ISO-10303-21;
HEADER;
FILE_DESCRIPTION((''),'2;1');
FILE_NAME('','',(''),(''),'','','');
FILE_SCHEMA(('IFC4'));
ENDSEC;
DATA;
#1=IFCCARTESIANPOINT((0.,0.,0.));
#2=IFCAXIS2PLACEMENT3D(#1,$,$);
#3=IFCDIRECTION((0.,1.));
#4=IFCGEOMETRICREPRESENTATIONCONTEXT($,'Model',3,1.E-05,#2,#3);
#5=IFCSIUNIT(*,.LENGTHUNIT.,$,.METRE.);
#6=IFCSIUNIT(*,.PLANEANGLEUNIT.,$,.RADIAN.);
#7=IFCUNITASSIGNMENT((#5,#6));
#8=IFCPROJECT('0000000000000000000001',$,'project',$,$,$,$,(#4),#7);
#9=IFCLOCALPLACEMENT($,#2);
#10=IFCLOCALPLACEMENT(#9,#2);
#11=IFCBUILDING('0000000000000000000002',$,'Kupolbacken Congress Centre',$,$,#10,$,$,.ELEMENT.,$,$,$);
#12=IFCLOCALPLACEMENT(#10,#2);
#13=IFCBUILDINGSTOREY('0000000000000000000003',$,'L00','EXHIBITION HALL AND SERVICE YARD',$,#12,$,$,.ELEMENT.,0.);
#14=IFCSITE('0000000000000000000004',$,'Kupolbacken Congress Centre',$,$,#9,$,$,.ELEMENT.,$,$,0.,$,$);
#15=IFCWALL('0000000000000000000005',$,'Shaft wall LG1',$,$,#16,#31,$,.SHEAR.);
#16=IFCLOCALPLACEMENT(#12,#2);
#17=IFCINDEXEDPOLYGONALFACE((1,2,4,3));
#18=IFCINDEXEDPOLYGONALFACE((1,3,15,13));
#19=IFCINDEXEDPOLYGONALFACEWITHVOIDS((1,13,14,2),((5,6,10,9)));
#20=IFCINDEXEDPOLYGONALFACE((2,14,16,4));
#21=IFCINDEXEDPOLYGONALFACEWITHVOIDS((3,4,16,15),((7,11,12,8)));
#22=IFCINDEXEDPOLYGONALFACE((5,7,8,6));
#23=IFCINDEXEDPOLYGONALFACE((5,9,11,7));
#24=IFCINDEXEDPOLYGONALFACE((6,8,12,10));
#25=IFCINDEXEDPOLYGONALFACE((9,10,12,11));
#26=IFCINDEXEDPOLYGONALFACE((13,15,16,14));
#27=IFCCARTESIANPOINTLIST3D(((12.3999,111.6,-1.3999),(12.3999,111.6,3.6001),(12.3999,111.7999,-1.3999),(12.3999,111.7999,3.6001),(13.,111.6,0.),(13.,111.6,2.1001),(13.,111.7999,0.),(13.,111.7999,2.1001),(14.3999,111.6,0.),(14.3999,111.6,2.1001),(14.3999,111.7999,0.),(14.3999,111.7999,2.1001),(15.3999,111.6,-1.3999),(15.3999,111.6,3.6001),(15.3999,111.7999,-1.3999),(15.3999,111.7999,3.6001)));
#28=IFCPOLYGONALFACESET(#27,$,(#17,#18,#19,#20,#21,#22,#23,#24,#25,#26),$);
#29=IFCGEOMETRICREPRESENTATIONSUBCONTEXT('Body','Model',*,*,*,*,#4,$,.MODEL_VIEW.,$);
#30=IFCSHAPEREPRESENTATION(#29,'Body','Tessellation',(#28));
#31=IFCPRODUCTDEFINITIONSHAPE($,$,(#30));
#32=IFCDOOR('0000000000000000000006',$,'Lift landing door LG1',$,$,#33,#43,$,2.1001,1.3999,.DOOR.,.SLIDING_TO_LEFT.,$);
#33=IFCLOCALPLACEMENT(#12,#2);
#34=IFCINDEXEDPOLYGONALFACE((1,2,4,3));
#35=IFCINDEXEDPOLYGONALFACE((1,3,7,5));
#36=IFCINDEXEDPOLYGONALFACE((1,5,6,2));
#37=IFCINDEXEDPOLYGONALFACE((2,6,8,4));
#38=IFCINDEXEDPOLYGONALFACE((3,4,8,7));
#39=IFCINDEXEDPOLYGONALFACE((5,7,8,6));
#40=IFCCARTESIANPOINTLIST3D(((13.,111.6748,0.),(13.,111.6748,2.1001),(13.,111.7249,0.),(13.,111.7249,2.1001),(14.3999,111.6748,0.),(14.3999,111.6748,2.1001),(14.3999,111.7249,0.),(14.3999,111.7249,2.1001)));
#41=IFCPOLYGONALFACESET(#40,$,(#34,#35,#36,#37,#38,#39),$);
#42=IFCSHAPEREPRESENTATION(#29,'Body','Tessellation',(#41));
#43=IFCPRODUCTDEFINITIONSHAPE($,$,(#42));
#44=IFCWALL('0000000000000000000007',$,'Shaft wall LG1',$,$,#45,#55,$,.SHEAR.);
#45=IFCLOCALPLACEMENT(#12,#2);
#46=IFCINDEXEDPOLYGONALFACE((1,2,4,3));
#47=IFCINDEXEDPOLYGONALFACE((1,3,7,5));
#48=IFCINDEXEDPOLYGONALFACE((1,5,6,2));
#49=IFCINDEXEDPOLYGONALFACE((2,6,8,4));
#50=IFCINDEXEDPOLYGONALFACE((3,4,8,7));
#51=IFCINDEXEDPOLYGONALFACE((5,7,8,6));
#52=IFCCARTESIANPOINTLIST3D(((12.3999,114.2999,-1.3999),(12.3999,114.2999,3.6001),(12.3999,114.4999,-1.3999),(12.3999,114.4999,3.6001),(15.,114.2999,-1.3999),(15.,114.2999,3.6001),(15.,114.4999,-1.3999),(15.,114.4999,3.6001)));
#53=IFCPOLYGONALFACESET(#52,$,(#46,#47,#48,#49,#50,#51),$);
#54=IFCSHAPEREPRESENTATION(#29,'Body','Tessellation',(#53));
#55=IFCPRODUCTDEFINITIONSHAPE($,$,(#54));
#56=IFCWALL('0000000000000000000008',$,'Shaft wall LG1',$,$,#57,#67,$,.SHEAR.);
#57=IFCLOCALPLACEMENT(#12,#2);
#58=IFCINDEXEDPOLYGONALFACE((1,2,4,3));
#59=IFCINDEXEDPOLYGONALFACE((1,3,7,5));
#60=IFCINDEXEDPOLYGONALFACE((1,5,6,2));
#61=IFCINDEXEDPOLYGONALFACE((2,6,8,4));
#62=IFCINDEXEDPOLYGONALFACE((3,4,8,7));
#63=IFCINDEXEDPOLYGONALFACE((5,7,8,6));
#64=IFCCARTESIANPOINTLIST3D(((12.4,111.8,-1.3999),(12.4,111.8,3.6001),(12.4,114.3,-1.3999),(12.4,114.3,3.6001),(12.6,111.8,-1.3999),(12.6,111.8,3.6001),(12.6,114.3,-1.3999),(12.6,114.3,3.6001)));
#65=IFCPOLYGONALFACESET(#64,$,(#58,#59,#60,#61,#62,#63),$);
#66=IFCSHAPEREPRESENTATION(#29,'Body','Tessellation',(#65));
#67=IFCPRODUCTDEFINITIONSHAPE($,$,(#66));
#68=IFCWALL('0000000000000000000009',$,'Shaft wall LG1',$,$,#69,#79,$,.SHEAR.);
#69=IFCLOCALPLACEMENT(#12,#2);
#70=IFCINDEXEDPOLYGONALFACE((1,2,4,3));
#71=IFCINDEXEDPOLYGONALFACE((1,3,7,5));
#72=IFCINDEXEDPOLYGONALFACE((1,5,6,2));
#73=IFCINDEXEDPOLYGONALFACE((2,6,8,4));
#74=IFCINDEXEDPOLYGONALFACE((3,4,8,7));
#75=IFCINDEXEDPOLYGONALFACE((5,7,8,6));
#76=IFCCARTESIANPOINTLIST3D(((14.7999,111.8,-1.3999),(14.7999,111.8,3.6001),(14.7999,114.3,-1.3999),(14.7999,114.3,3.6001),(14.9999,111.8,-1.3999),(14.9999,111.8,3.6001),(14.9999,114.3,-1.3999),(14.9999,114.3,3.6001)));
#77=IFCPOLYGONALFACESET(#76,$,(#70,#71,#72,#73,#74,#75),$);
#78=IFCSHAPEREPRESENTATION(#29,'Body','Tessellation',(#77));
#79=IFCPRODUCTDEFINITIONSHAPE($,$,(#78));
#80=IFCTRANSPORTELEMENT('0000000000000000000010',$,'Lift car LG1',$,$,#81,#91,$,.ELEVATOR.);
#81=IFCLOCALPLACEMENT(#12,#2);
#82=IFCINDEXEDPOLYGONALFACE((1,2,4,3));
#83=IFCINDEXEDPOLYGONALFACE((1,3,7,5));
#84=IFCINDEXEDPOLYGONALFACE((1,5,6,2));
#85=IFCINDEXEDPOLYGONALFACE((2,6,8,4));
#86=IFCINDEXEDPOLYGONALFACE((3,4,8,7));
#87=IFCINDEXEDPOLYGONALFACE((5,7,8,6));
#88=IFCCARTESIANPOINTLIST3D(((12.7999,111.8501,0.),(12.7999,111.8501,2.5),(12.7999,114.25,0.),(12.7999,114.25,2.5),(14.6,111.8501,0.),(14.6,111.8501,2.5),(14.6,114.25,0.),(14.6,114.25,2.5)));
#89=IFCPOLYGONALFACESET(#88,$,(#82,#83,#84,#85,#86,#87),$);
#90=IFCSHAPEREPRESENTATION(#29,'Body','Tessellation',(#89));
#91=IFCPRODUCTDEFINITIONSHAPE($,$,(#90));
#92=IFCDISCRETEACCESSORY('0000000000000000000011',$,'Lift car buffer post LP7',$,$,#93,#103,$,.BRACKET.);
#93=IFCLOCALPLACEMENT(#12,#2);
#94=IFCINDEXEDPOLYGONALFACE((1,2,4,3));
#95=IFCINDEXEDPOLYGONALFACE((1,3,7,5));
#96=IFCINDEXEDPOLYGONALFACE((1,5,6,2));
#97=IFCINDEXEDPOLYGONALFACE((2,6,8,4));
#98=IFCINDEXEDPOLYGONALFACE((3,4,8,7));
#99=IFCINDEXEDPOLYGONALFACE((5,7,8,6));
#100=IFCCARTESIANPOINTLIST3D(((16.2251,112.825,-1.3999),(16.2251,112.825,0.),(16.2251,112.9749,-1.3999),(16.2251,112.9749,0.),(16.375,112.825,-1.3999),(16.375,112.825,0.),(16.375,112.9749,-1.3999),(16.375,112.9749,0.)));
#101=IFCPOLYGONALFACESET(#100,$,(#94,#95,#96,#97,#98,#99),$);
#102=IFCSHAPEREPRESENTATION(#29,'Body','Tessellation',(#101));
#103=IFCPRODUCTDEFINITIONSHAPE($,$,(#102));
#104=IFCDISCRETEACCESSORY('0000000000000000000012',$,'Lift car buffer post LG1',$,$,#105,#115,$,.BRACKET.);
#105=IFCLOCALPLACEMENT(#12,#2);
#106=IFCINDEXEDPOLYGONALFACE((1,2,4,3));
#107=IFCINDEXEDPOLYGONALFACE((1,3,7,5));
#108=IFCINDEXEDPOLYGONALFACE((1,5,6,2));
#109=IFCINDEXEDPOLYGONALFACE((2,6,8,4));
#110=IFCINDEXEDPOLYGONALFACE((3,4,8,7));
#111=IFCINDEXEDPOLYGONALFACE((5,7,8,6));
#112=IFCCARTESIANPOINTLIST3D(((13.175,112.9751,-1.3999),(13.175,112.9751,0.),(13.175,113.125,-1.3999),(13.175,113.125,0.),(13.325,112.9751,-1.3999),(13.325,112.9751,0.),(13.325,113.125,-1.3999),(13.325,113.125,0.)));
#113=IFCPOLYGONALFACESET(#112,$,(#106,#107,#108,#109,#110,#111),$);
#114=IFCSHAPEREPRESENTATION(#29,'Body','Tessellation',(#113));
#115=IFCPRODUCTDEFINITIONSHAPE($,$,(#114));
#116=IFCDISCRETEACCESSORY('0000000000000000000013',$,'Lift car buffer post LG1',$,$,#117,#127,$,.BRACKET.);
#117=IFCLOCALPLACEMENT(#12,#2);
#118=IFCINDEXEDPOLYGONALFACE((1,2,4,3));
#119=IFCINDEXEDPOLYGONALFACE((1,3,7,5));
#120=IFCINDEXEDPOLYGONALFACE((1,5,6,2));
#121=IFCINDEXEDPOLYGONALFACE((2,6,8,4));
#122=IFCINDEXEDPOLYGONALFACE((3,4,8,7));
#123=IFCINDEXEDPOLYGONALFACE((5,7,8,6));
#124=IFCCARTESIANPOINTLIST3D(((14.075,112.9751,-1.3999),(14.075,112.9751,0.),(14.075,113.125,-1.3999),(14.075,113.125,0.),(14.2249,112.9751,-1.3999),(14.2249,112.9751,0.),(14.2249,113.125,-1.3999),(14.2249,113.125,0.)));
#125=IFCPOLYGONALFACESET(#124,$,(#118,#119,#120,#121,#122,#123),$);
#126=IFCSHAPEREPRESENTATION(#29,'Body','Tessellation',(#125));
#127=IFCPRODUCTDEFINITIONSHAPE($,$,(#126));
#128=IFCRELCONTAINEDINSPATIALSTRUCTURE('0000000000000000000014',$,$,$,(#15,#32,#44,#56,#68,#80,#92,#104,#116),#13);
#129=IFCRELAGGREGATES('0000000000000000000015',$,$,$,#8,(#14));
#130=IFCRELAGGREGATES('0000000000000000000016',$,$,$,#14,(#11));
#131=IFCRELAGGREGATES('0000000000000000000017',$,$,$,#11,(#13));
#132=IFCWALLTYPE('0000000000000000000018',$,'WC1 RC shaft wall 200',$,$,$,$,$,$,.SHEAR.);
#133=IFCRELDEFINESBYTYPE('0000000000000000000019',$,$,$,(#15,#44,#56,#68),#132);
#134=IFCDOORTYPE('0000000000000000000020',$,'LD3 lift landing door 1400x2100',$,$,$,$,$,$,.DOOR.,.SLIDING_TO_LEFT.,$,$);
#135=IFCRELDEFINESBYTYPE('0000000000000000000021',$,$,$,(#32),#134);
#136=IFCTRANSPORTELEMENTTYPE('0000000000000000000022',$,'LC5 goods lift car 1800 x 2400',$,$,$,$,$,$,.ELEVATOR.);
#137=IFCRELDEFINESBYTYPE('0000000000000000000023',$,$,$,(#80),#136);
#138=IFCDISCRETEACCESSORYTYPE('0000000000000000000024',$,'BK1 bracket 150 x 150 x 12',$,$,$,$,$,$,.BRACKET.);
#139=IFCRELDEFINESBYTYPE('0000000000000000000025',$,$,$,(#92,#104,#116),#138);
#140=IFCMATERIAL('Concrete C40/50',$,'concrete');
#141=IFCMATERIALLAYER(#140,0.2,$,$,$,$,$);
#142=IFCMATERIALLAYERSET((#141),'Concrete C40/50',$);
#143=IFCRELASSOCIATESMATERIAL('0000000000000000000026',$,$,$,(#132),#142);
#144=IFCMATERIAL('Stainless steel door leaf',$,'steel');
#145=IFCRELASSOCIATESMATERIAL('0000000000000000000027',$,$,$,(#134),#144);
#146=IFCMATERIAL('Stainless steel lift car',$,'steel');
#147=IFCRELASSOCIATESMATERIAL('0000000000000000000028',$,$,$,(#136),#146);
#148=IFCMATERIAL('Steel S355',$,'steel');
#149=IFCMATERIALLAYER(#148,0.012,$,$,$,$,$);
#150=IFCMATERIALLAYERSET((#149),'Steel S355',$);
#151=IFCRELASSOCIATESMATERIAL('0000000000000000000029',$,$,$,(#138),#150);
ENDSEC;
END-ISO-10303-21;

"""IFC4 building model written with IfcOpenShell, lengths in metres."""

from ifc_helpers import new_model, si_unit, direction, frame, frame_2d, origin, origin_2d, place, context, subcontext, project, spatial, rectangle, extrude, material, layer, layer_set, type_object, element, fill, save


model = new_model("IFC4")

# Units and contexts
model_context = context("Model", 3, precision=1e-05, world=origin(), true_north=direction((0.0, 1.0)))
body_context = subcontext(model_context, "Body", "Model", "MODEL_VIEW")
ifc_project = project(units=[si_unit("LENGTHUNIT", "METRE"), si_unit("PLANEANGLEUNIT", "RADIAN")], contexts=[model_context])

# Site, building, storey
site_placement = place(None, origin())
site = spatial("IfcSite", under=ifc_project, at=site_placement, Name="Kupolbacken Congress Centre", CompositionType="ELEMENT", RefElevation=0.0)
building_placement = place(site_placement, origin())
building = spatial("IfcBuilding", under=site, at=building_placement, Name="Kupolbacken Congress Centre", CompositionType="ELEMENT")
storey_placement = place(building_placement, origin())
storey = spatial("IfcBuildingStorey", under=building, at=storey_placement, Name="L00", Description="EXHIBITION HALL AND SERVICE YARD", CompositionType="ELEMENT", Elevation=0.0)

# Shared definitions
ifc_material_1 = material(Name="Concrete C40/50", Category="concrete")
ifc_layer_1 = layer(ifc_material_1, 0.2)
ifc_layer_set_1 = layer_set([ifc_layer_1], Name="Concrete C40/50")
wall_type_1 = type_object("IfcWallType", Name="WC1 RC shaft wall 200", PredefinedType="SHEAR", material=ifc_layer_set_1)

# Wall, opening, door
wall_1_placement = place(storey_placement, frame((12.3999, 111.7, -1.3999), z_axis=(0.0, 0.0, 1.0), x_axis=(1.0, 0.0, 0.0)))
wall_1 = element("IfcWall", 1, at=wall_1_placement, inside=storey, type_object=wall_type_1, Name="Shaft wall LG1", PredefinedType="SHEAR", context=body_context, shape_type="SweptSolid", body=[
    extrude(rectangle(XDim=3.0, YDim=0.2, at=frame_2d((1.5, 0.0))), origin(), (0.0, 0.0, 1.0), 5.0),
])
opening_1_placement = place(wall_1_placement, frame((0.6001, 0.0, 1.3999)))
opening_1 = element("IfcOpeningElement", 2, at=opening_1_placement, cuts=wall_1, PredefinedType="OPENING", context=body_context, shape_type="SweptSolid", body=[
    extrude(rectangle(XDim=1.3999, YDim=2.1001, at=frame_2d((0.7, 1.05))), frame((0.0, 0.1099, 0.0), z_axis=(0.0, -1.0, 0.0), x_axis=(1.0, 0.0, 0.0)), (0.0, 0.0, 1.0), 0.22),
])
ifc_material_2 = material(Name="Stainless steel door leaf", Category="steel")
door_type_1 = type_object("IfcDoorType", Name="LD3 lift landing door 1400x2100", OperationType="SLIDING_TO_LEFT", PredefinedType="DOOR", material=ifc_material_2)
door_1_placement = place(opening_1_placement, origin())
door_1 = element("IfcDoor", 3, at=door_1_placement, inside=storey, type_object=door_type_1, Name="Lift landing door LG1", OperationType="SLIDING_TO_LEFT", OverallHeight=2.1001, OverallWidth=1.3999, PredefinedType="DOOR", context=body_context, shape_type="SweptSolid", body=[
    extrude(rectangle(XDim=1.3999, YDim=2.1001, at=frame_2d((0.7, 1.05))), frame((0.0, 0.0249, 0.0), z_axis=(0.0, -1.0, 0.0), x_axis=(1.0, 0.0, 0.0)), (0.0, 0.0, 1.0), 0.05),
])
fill(opening_1, door_1)

# Walls
wall_2_placement = place(storey_placement, frame((12.3999, 114.3999, -1.3999), z_axis=(0.0, 0.0, 1.0), x_axis=(1.0, 0.0, 0.0)))
element("IfcWall", 4, at=wall_2_placement, inside=storey, type_object=wall_type_1, Name="Shaft wall LG1", PredefinedType="SHEAR", context=body_context, shape_type="SweptSolid", body=[
    extrude(rectangle(XDim=2.6001, YDim=0.2, at=frame_2d((1.3, 0.0))), origin(), (0.0, 0.0, 1.0), 5.0),
])
for number, where, z_axis, x_axis, name in (
    (5, (12.5, 111.8, -1.3999), (0.0, 0.0, 1.0), (0.0, 1.0, 0.0), "Shaft wall LG1"),
    (6, (14.8999, 111.8, -1.3999), (0.0, 0.0, 1.0), (0.0, 1.0, 0.0), "Shaft wall LG1"),
):
    element("IfcWall", number, at=place(storey_placement, frame(where, z_axis=z_axis, x_axis=x_axis)), inside=storey, type_object=wall_type_1, Name=name, PredefinedType="SHEAR", context=body_context, shape_type="SweptSolid", body=[
        extrude(rectangle(XDim=2.5, YDim=0.2, at=frame_2d((1.25, 0.0))), origin(), (0.0, 0.0, 1.0), 5.0),
    ])

# Transport element
ifc_material_3 = material(Name="Stainless steel lift car", Category="steel")
transport_element_type = type_object("IfcTransportElementType", Name="LC5 goods lift car 1800 x 2400", PredefinedType="ELEVATOR", material=ifc_material_3)
transport_element_placement = place(storey_placement, frame((13.7, 113.05, 0.0), z_axis=(0.0, 0.0, 1.0), x_axis=(1.0, 0.0, 0.0)))
element("IfcTransportElement", 7, at=transport_element_placement, inside=storey, type_object=transport_element_type, Name="Lift car LG1", PredefinedType="ELEVATOR", context=body_context, shape_type="SweptSolid", body=[
    extrude(rectangle(XDim=1.8, YDim=2.3999, at=origin_2d()), origin(), (0.0, 0.0, 1.0), 2.5),
])

# Discrete accessories
ifc_material_4 = material(Name="Steel S355", Category="steel")
ifc_layer_2 = layer(ifc_material_4, 0.012)
ifc_layer_set_2 = layer_set([ifc_layer_2], Name="Steel S355")
discrete_accessory_type = type_object("IfcDiscreteAccessoryType", Name="BK1 bracket 150 x 150 x 12", PredefinedType="BRACKET", material=ifc_layer_set_2)
for number, where, z_axis, x_axis, name in (
    (8, (16.3, 112.8999, -1.3999), (0.0, 0.0, 1.0), (1.0, 0.0, 0.0), "Lift car buffer post LP7"),
    (9, (13.25, 113.05, -1.3999), (0.0, 0.0, 1.0), (1.0, 0.0, 0.0), "Lift car buffer post LG1"),
    (10, (14.1499, 113.05, -1.3999), (0.0, 0.0, 1.0), (1.0, 0.0, 0.0), "Lift car buffer post LG1"),
):
    element("IfcDiscreteAccessory", number, at=place(storey_placement, frame(where, z_axis=z_axis, x_axis=x_axis)), inside=storey, type_object=discrete_accessory_type, Name=name, PredefinedType="BRACKET", context=body_context, shape_type="SweptSolid", body=[
        extrude(rectangle(XDim=0.1499, YDim=0.1499, at=origin_2d()), origin(), (0.0, 0.0, 1.0), 1.3999),
    ])

save(model, "model.ifc")
